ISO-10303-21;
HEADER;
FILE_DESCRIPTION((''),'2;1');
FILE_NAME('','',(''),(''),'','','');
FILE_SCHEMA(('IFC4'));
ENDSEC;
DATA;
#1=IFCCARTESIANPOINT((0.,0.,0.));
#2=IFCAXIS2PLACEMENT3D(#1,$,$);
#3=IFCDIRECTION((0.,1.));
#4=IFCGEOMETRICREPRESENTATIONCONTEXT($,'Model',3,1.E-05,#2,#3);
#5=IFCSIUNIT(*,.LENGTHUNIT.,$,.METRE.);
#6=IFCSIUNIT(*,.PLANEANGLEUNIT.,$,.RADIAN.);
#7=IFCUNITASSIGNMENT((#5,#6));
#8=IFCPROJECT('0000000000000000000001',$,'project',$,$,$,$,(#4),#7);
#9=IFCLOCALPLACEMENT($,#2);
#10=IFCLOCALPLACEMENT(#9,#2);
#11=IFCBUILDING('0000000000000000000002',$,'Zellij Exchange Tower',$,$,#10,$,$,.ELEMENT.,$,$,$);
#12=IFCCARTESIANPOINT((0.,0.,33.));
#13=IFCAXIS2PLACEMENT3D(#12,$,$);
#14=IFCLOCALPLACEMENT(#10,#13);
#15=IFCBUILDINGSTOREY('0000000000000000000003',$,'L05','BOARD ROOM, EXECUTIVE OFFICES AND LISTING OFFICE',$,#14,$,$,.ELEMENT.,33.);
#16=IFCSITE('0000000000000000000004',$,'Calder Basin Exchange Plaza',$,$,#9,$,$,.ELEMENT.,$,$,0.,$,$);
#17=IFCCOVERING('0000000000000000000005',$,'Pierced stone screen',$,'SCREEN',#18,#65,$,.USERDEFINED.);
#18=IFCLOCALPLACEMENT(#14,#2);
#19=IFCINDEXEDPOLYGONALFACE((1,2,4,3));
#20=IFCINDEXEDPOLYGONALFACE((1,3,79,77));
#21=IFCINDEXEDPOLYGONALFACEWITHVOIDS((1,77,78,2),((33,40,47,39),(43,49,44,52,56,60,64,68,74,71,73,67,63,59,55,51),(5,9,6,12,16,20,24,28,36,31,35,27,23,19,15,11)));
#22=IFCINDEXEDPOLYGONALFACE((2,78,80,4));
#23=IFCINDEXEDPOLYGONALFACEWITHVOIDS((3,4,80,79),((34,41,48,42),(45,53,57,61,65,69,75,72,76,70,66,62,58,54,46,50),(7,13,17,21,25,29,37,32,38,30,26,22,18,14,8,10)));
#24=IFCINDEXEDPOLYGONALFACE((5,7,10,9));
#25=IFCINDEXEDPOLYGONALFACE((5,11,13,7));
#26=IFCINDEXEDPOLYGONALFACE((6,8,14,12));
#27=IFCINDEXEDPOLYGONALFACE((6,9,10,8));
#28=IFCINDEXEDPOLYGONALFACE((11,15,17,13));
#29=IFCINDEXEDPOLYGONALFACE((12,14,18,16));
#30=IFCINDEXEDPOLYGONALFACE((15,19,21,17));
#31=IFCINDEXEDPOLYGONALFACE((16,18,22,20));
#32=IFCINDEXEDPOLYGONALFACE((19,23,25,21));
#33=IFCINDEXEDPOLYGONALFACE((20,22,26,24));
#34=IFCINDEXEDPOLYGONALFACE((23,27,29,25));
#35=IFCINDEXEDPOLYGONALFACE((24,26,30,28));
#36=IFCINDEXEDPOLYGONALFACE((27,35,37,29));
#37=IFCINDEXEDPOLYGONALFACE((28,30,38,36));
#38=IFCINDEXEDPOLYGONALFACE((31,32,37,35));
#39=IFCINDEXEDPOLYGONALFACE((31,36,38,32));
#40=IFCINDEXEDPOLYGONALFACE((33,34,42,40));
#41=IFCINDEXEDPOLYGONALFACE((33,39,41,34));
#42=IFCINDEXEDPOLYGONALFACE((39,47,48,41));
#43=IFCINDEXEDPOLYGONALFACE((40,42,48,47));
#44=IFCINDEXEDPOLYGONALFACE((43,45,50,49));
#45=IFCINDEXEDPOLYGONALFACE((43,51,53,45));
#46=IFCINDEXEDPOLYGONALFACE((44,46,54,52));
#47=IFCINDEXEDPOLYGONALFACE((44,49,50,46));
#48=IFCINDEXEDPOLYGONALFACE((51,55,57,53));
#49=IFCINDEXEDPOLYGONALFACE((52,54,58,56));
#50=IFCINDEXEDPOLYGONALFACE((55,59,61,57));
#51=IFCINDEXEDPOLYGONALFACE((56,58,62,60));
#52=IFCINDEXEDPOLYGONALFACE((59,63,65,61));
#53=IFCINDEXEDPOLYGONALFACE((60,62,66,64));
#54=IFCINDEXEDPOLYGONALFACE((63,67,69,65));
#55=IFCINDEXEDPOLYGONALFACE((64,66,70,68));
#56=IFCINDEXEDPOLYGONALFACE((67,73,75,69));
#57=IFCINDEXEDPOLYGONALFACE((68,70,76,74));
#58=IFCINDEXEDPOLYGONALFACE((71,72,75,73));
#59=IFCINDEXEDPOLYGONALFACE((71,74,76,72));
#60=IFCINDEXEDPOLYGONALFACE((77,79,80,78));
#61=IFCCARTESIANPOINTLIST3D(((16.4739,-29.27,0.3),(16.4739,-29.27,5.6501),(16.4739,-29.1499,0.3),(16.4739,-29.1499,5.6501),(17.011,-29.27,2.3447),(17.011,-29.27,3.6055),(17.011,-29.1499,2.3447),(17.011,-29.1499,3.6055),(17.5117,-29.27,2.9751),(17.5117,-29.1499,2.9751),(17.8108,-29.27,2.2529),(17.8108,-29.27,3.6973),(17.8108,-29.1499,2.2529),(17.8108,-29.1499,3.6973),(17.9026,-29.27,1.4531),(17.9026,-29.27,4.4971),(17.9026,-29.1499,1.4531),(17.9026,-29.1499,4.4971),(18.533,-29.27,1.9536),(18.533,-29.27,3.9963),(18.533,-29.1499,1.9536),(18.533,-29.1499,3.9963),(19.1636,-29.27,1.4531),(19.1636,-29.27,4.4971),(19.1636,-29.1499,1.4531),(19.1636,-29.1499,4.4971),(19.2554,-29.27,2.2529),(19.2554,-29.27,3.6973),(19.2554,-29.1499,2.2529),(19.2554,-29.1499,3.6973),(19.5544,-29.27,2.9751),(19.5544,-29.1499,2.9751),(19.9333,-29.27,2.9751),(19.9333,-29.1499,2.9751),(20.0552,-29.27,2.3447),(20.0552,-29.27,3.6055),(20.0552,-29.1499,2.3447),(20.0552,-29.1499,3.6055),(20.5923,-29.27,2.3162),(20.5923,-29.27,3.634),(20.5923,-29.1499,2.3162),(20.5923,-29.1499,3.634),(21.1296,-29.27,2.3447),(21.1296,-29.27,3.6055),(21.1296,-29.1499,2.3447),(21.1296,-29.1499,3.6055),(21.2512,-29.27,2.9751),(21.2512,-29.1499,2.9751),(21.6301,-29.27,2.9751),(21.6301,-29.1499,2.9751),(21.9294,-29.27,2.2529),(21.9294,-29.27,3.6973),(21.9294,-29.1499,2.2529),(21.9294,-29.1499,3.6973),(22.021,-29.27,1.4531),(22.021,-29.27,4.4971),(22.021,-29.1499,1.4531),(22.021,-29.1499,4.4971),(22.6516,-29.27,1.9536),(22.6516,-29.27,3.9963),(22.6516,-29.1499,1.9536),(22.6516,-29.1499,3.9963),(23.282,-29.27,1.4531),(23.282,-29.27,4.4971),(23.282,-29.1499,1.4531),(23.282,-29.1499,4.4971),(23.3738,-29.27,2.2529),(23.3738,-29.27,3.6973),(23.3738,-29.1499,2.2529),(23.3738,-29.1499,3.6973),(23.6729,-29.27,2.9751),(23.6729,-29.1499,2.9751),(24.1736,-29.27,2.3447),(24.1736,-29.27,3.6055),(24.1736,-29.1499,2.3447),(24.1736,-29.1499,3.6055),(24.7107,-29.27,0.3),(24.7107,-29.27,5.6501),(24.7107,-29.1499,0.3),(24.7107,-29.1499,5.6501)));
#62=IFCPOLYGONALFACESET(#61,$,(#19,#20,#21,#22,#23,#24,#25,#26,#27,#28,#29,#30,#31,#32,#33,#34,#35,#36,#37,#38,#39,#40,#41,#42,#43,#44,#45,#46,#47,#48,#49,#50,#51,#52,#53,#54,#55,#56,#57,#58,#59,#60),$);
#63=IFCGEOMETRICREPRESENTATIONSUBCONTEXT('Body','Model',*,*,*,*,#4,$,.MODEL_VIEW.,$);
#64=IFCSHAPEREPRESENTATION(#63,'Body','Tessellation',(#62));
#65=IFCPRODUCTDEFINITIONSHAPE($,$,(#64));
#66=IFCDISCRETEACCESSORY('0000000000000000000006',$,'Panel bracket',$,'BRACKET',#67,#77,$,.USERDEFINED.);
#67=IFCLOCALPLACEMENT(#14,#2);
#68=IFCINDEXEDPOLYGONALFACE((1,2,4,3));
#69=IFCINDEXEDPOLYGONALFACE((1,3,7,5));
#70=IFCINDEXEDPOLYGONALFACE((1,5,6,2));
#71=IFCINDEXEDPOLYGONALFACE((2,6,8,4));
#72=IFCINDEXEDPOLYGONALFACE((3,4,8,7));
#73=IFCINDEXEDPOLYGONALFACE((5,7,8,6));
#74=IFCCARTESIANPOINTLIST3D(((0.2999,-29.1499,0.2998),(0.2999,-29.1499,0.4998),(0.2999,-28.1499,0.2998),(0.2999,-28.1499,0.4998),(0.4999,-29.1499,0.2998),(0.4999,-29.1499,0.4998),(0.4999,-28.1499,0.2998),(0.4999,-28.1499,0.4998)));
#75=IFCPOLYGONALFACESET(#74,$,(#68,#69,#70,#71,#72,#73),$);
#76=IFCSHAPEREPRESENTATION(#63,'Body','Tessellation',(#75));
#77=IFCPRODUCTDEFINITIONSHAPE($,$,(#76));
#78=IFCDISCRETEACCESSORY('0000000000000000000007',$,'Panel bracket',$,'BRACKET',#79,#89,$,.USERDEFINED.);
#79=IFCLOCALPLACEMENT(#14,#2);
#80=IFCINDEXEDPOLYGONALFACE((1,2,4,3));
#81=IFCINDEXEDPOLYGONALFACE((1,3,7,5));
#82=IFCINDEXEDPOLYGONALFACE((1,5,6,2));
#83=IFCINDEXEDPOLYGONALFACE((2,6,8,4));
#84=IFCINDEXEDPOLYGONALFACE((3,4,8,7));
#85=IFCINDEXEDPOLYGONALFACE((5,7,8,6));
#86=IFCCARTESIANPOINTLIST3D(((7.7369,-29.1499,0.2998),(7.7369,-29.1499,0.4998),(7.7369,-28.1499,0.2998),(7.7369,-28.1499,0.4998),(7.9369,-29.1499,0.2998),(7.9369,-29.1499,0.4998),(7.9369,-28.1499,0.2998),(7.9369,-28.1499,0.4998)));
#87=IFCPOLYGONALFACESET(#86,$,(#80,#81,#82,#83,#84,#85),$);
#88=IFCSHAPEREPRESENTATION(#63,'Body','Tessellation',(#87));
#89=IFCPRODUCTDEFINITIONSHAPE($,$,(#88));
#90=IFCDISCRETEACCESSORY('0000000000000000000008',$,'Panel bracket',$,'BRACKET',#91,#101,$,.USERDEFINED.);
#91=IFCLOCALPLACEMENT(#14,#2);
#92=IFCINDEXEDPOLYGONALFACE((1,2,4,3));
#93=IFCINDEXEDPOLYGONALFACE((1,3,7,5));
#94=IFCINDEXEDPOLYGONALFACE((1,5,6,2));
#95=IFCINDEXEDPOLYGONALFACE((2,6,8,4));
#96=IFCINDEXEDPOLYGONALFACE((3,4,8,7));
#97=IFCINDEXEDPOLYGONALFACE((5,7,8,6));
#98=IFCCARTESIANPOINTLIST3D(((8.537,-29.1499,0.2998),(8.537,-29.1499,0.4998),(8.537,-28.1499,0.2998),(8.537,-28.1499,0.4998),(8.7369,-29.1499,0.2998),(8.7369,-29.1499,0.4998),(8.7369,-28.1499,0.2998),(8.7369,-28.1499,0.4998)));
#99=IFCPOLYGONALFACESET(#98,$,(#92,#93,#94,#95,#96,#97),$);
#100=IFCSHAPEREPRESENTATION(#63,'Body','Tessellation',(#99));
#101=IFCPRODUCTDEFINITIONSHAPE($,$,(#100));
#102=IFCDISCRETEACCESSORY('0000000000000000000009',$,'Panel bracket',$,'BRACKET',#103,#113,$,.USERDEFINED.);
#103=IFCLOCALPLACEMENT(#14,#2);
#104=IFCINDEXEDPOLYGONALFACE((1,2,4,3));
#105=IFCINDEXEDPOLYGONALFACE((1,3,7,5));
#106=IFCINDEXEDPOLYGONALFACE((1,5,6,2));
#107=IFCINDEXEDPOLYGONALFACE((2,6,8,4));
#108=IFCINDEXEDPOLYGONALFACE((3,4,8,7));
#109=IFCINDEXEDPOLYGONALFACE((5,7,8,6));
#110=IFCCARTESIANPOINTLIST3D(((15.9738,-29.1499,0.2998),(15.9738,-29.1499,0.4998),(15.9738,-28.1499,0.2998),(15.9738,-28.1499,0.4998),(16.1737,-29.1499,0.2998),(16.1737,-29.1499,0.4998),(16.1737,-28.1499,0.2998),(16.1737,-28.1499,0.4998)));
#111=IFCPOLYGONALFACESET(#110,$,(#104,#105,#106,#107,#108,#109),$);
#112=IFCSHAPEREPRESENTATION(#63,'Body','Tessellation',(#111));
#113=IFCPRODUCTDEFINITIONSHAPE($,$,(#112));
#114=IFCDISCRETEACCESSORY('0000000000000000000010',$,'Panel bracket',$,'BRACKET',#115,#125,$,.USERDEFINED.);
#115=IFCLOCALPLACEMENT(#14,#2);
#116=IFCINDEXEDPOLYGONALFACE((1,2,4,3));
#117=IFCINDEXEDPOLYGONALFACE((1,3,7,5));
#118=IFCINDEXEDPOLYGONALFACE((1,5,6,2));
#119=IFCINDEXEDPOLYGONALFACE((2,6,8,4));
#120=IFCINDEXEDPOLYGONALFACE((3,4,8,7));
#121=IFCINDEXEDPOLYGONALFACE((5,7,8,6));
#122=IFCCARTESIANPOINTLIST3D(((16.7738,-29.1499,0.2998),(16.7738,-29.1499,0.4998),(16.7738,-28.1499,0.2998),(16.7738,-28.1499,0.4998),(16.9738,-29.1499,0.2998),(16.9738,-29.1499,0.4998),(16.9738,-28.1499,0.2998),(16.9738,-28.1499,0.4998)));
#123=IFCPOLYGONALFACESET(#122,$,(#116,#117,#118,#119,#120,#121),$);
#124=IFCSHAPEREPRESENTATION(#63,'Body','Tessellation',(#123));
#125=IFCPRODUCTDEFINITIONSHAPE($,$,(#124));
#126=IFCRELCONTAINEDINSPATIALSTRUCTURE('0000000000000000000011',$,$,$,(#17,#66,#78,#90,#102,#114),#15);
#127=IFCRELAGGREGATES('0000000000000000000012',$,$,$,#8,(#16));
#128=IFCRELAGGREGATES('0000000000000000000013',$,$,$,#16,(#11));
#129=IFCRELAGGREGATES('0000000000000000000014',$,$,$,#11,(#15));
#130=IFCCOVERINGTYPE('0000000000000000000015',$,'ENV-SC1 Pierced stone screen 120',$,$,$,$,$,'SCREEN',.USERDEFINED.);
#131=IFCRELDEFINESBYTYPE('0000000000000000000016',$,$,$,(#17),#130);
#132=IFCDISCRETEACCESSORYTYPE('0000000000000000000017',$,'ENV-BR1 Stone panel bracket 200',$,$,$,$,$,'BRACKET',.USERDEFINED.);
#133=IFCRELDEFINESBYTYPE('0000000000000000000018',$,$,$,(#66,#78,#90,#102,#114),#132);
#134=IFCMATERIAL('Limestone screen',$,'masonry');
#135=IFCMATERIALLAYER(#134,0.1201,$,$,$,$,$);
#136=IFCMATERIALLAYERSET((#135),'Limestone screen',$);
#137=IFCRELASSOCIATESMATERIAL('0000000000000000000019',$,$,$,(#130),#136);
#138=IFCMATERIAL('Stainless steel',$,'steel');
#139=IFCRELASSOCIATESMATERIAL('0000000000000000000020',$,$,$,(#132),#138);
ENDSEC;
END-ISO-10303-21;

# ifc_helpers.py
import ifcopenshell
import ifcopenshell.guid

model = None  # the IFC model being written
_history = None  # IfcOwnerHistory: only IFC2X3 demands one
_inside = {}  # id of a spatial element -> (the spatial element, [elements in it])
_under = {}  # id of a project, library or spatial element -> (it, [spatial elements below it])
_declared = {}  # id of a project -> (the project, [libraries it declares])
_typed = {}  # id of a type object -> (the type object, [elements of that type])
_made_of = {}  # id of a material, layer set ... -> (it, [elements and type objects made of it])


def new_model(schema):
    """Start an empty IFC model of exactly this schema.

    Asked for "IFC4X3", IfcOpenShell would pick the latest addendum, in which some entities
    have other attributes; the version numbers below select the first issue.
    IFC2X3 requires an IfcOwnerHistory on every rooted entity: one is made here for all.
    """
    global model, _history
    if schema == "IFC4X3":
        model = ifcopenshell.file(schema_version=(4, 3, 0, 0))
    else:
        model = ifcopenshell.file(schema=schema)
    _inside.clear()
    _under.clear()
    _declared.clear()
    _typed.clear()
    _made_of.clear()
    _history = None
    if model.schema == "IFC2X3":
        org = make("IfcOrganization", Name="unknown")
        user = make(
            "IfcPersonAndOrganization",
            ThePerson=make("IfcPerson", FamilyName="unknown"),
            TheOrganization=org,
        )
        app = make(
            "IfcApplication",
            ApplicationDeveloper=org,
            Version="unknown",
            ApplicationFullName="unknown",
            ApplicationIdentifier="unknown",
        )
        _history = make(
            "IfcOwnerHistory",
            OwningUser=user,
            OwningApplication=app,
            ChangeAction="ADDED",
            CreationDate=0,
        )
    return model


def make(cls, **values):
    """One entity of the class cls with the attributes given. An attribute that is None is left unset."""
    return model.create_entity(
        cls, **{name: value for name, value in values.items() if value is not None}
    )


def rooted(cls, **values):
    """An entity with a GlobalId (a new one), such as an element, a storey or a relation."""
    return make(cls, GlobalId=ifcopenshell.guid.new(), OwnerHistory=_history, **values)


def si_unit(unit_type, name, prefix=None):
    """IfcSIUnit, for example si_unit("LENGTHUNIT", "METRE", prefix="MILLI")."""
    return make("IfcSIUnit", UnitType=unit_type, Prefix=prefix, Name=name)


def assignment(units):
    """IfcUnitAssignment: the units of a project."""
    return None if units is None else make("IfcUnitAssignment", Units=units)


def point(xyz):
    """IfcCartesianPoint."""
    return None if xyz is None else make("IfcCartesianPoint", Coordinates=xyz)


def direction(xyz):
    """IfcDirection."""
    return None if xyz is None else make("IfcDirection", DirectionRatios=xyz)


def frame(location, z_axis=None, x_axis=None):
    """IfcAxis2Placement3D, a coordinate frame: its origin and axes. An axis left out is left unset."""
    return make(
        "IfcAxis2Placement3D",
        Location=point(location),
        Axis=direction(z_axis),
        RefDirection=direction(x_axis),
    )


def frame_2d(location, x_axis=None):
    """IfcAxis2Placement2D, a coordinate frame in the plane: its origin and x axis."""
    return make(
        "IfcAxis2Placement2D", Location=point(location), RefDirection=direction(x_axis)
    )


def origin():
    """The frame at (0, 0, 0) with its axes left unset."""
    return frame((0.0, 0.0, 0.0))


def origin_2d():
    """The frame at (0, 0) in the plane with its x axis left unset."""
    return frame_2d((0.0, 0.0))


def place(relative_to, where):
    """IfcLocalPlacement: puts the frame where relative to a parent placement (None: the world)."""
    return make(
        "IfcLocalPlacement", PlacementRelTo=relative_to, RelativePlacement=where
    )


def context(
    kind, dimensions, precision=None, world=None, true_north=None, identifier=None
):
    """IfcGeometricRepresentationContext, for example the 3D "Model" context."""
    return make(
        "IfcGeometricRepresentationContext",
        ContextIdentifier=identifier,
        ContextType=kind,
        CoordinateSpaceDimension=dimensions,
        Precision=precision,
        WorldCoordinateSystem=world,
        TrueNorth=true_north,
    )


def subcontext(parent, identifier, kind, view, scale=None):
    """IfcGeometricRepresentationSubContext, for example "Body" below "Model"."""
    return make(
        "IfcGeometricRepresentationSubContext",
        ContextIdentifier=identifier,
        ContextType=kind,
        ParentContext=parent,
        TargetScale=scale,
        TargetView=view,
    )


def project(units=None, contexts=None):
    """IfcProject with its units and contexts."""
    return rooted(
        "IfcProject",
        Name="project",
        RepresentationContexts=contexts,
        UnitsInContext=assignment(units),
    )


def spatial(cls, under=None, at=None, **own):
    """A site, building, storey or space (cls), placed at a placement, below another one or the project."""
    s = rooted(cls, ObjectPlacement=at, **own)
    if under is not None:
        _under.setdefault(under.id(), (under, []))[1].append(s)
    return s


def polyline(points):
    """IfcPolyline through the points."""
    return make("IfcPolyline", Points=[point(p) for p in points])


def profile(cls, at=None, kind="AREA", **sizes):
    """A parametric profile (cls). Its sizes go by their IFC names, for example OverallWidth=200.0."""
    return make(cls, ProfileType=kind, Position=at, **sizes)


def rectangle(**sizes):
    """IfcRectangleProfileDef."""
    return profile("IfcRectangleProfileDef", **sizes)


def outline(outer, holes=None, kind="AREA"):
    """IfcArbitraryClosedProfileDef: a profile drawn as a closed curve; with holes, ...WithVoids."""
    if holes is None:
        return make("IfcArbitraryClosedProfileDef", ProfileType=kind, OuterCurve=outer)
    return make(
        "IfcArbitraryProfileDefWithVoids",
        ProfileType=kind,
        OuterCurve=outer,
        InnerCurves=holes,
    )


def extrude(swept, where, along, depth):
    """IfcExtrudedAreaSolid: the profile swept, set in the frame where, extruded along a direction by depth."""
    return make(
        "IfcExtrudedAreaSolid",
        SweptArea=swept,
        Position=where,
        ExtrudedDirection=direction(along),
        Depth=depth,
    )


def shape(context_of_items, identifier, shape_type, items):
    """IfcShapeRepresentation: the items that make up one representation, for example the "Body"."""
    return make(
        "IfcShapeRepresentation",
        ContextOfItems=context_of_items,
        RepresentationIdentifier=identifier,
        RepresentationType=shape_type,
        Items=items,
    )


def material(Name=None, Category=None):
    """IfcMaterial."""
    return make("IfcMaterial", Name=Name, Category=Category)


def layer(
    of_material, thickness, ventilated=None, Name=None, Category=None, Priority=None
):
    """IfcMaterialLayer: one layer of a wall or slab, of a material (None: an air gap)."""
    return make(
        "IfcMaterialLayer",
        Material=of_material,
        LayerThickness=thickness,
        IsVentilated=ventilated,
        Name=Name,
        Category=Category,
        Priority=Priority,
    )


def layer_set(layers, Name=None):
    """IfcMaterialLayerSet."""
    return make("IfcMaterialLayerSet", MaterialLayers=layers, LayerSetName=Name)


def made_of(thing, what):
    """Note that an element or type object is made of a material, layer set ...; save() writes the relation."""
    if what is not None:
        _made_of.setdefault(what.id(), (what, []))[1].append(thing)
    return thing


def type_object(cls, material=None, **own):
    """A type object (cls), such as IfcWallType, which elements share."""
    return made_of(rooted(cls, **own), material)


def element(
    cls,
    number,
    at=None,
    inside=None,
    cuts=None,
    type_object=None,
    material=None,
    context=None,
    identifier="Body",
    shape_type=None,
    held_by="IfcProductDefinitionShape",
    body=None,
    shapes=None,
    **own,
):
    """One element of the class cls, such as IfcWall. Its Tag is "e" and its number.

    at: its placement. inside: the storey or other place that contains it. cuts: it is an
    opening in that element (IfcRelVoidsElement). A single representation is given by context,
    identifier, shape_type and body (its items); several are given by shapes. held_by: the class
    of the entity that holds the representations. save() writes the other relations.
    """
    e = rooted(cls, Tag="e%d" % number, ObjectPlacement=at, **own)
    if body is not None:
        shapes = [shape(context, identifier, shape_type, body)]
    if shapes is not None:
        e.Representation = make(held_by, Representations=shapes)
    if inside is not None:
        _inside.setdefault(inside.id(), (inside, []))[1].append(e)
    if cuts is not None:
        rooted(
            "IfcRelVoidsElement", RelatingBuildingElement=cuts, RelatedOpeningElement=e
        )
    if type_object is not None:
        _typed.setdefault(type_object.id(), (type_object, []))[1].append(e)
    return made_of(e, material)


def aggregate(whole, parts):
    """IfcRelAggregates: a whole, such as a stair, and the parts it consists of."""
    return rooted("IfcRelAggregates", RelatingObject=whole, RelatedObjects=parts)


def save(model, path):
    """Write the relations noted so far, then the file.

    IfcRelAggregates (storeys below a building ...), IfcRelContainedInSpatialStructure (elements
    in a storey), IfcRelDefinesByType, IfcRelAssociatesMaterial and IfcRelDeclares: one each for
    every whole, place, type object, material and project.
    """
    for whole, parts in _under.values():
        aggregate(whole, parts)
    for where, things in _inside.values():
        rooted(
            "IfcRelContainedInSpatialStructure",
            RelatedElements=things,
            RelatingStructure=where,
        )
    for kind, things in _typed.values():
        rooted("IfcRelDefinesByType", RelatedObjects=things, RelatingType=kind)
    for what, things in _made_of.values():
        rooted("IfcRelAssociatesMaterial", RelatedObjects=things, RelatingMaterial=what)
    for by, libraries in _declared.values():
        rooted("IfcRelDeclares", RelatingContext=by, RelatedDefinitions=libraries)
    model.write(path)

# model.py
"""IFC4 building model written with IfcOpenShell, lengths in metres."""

from ifc_helpers import new_model, si_unit, direction, frame, origin, origin_2d, place, context, subcontext, project, spatial, polyline, rectangle, outline, extrude, material, layer, layer_set, type_object, element, save


model = new_model("IFC4")

# Units and contexts
model_context = context("Model", 3, precision=1e-05, world=origin(), true_north=direction((0.0, 1.0)))
body_context = subcontext(model_context, "Body", "Model", "MODEL_VIEW")
ifc_project = project(units=[si_unit("LENGTHUNIT", "METRE"), si_unit("PLANEANGLEUNIT", "RADIAN")], contexts=[model_context])

# Site, building, storey
site_placement = place(None, origin())
site = spatial("IfcSite", under=ifc_project, at=site_placement, Name="Calder Basin Exchange Plaza", CompositionType="ELEMENT", RefElevation=0.0)
building_placement = place(site_placement, origin())
building = spatial("IfcBuilding", under=site, at=building_placement, Name="Zellij Exchange Tower", CompositionType="ELEMENT")
storey_placement = place(building_placement, frame((0.0, 0.0, 33.0)))
storey = spatial("IfcBuildingStorey", under=building, at=storey_placement, Name="L05", Description="BOARD ROOM, EXECUTIVE OFFICES AND LISTING OFFICE", CompositionType="ELEMENT", Elevation=33.0)

# Covering
ifc_material_1 = material(Name="Limestone screen", Category="masonry")
ifc_layer_1 = layer(ifc_material_1, 0.1201)
ifc_layer_set_1 = layer_set([ifc_layer_1], Name="Limestone screen")
covering_type = type_object("IfcCoveringType", Name="ENV-SC1 Pierced stone screen 120", ElementType="SCREEN", PredefinedType="USERDEFINED", material=ifc_layer_set_1)
for number, where, z_axis, x_axis, name in (
    (1, (16.4739, -29.21, 0.3), (0.0, 0.0, 1.0), (1.0, 0.0, 0.0), "Pierced stone screen"),
):
    element("IfcCovering", number, at=place(storey_placement, frame(where, z_axis=z_axis, x_axis=x_axis)), inside=storey, type_object=covering_type, Name=name, ObjectType="SCREEN", PredefinedType="USERDEFINED", context=body_context, shape_type="SweptSolid", body=[
        extrude(outline(polyline([(0.0, 0.0), (8.2368, 0.0), (8.2368, 5.3501), (0.0, 5.3501), (0.0, 0.0)]), holes=[polyline([(3.5813, 3.3054), (2.7815, 3.3972), (2.6897, 4.197), (2.0591, 3.6963), (1.4287, 4.197), (1.3369, 3.3972), (0.5371, 3.3054), (1.0378, 2.675), (0.5371, 2.0447), (1.3369, 1.9529), (1.4287, 1.1531), (2.0591, 1.6536), (2.6897, 1.1531), (2.7815, 1.9529), (3.5813, 2.0447), (3.0806, 2.675), (3.5813, 3.3054)]), polyline([(7.6997, 3.3054), (6.8999, 3.3972), (6.8081, 4.197), (6.1777, 3.6963), (5.5471, 4.197), (5.4556, 3.3972), (4.6558, 3.3054), (5.1562, 2.675), (4.6558, 2.0447), (5.4556, 1.9529), (5.5471, 1.1531), (6.1777, 1.6536), (6.8081, 1.1531), (6.8999, 1.9529), (7.6997, 2.0447), (7.199, 2.675), (7.6997, 3.3054)]), polyline([(4.7773, 2.675), (4.1184, 3.334), (3.4595, 2.675), (4.1184, 2.0161), (4.7773, 2.675)])]), frame((0.0, 0.0601, 0.0), z_axis=(0.0, -1.0, 0.0), x_axis=(1.0, 0.0, 0.0)), (0.0, 0.0, 1.0), 0.1201),
    ])

# Discrete accessories
ifc_material_2 = material(Name="Stainless steel", Category="steel")
discrete_accessory_type = type_object("IfcDiscreteAccessoryType", Name="ENV-BR1 Stone panel bracket 200", ElementType="BRACKET", PredefinedType="USERDEFINED", material=ifc_material_2)
for number, where, z_axis, x_axis, name in (
    (2, (0.3999, -28.6499, 0.2998), (0.0, 0.0, 1.0), (1.0, 0.0, 0.0), "Panel bracket"),
    (3, (7.8369, -28.6499, 0.2998), (0.0, 0.0, 1.0), (1.0, 0.0, 0.0), "Panel bracket"),
    (4, (8.637, -28.6499, 0.2998), (0.0, 0.0, 1.0), (1.0, 0.0, 0.0), "Panel bracket"),
    (5, (16.0737, -28.6499, 0.2998), (0.0, 0.0, 1.0), (1.0, 0.0, 0.0), "Panel bracket"),
    (6, (16.8738, -28.6499, 0.2998), (0.0, 0.0, 1.0), (1.0, 0.0, 0.0), "Panel bracket"),
):
    element("IfcDiscreteAccessory", number, at=place(storey_placement, frame(where, z_axis=z_axis, x_axis=x_axis)), inside=storey, type_object=discrete_accessory_type, Name=name, ObjectType="BRACKET", PredefinedType="USERDEFINED", context=body_context, shape_type="SweptSolid", body=[
        extrude(rectangle(XDim=0.2, YDim=1.0, at=origin_2d()), origin(), (0.0, 0.0, 1.0), 0.2),
    ])

save(model, "model.ifc")
